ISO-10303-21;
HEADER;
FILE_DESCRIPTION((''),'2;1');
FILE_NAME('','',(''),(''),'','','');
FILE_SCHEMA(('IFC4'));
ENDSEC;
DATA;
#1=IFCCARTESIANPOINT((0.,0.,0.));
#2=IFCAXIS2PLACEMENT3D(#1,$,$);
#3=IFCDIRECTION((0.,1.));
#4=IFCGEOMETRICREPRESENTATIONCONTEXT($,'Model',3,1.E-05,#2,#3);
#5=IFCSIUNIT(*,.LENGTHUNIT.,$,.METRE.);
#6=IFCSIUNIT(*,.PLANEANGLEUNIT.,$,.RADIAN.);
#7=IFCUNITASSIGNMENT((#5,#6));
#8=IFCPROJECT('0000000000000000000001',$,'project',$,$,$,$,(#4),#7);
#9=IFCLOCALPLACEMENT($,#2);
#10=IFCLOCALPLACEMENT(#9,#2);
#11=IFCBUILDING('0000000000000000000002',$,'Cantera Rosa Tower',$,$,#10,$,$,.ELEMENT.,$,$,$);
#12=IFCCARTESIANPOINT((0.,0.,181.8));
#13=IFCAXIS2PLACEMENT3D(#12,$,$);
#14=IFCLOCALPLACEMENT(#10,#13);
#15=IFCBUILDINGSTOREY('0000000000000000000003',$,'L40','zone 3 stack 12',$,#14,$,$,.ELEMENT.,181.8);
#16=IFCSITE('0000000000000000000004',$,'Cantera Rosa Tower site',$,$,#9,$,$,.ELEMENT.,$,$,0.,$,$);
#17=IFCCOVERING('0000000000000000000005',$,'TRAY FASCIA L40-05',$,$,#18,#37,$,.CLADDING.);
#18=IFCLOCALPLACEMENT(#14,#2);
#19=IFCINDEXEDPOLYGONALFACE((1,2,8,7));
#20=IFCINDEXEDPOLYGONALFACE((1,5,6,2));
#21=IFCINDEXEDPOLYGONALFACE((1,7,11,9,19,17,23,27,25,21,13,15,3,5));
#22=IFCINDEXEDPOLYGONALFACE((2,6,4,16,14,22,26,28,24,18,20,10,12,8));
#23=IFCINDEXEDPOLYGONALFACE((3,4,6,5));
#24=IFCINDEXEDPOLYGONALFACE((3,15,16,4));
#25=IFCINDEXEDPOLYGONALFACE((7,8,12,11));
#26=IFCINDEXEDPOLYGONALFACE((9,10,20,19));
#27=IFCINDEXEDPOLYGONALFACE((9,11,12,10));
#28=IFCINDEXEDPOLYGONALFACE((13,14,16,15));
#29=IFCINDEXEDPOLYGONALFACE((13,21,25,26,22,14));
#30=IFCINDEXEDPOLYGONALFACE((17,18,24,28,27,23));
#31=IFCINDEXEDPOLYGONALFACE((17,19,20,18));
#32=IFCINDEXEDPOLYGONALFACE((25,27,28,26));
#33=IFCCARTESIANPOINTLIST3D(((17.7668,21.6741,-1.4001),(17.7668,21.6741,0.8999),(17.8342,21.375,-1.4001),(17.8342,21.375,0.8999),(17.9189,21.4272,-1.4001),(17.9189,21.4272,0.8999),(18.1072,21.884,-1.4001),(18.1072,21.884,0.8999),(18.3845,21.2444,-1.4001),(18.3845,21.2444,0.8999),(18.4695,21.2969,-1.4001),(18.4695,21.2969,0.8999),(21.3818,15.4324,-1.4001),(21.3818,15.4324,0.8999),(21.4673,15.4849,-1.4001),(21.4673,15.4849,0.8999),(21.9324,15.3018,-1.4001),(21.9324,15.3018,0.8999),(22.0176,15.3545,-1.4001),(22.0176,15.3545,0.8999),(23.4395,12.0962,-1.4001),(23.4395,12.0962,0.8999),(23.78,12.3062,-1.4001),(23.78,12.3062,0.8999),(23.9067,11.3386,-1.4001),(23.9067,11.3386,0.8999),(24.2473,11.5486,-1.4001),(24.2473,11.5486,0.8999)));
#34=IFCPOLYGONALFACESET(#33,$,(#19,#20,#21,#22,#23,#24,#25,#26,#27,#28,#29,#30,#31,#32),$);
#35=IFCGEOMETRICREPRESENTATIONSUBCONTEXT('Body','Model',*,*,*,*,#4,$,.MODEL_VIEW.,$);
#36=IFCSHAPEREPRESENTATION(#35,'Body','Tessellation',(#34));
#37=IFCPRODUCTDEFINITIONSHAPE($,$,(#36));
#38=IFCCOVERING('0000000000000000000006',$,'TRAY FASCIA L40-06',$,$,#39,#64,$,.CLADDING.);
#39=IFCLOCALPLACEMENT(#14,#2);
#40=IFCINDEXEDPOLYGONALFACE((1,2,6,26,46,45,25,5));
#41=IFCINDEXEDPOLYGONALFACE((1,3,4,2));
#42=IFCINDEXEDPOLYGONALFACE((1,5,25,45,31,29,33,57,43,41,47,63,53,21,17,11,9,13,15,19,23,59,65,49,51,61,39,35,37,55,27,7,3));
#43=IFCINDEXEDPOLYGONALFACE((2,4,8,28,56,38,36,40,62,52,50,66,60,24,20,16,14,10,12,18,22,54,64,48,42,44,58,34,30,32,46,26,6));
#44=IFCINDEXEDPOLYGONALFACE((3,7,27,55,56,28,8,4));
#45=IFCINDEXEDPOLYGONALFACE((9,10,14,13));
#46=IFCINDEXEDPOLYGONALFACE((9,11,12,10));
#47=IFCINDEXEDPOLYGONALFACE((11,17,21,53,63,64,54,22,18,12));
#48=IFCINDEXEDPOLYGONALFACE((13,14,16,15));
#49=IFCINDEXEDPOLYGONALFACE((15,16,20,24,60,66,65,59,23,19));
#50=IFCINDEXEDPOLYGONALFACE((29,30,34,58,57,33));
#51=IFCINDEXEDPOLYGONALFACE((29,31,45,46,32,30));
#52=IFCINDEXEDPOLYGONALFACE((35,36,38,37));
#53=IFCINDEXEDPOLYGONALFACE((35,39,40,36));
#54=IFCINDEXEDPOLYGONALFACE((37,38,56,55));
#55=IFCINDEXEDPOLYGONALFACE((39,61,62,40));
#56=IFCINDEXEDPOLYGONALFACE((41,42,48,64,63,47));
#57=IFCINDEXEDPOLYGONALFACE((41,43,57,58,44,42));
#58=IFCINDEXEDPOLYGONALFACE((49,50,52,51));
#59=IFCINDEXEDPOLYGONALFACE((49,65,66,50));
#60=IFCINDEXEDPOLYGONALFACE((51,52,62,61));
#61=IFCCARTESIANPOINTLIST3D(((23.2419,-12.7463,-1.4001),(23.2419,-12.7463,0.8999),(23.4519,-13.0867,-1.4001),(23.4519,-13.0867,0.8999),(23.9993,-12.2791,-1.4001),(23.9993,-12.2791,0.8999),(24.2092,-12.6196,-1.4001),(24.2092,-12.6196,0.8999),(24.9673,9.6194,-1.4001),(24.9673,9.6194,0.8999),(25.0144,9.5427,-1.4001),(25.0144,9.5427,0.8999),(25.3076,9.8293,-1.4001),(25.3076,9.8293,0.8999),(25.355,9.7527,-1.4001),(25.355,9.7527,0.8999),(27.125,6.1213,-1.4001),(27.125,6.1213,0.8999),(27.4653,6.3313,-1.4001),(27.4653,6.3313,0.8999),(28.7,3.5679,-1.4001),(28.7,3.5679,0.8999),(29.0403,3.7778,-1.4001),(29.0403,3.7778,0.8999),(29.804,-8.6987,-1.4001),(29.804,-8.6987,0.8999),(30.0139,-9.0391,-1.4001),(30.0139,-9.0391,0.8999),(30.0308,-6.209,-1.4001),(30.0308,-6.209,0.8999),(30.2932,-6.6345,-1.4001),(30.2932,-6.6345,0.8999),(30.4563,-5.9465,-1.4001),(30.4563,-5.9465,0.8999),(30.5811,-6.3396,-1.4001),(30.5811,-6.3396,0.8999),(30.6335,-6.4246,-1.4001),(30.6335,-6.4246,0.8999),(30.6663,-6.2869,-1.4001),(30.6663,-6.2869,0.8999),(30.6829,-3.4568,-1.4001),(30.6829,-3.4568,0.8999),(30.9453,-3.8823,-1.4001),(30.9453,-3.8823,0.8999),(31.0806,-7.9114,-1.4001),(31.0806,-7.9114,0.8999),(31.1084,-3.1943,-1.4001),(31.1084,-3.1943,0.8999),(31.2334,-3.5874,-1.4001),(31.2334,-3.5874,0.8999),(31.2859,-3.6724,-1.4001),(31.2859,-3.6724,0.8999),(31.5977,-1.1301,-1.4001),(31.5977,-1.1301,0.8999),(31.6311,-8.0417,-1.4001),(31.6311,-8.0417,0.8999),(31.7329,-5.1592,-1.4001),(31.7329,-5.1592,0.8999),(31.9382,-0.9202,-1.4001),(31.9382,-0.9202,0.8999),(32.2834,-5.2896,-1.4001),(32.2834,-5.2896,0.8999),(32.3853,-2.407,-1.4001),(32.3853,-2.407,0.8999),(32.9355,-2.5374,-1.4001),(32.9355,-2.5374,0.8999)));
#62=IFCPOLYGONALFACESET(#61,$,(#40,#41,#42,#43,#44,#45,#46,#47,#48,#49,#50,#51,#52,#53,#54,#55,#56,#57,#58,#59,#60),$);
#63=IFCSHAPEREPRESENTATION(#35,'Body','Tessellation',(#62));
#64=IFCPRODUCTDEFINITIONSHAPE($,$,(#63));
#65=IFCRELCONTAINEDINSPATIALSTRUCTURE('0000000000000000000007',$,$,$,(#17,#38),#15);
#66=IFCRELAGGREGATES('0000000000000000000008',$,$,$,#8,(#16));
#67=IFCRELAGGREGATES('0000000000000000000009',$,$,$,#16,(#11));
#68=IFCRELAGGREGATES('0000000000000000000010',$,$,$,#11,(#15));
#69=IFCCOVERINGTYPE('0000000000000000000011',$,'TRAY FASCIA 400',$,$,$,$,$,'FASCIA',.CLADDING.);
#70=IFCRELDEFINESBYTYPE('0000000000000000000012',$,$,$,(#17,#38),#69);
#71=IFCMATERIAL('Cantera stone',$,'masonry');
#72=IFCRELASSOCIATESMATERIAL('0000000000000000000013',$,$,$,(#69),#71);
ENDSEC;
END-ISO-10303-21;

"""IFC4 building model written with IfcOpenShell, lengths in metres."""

from ifc_helpers import new_model, si_unit, direction, frame, origin, place, context, subcontext, project, spatial, polyline, outline, extrude, material, type_object, element, save


model = new_model("IFC4")

# Units and contexts
model_context = context("Model", 3, precision=1e-05, world=origin(), true_north=direction((0.0, 1.0)))
body_context = subcontext(model_context, "Body", "Model", "MODEL_VIEW")
ifc_project = project(units=[si_unit("LENGTHUNIT", "METRE"), si_unit("PLANEANGLEUNIT", "RADIAN")], contexts=[model_context])

# Site, building, storey
site_placement = place(None, origin())
site = spatial("IfcSite", under=ifc_project, at=site_placement, Name="Cantera Rosa Tower site", CompositionType="ELEMENT", RefElevation=0.0)
building_placement = place(site_placement, origin())
building = spatial("IfcBuilding", under=site, at=building_placement, Name="Cantera Rosa Tower", CompositionType="ELEMENT")
storey_placement = place(building_placement, frame((0.0, 0.0, 181.8)))
storey = spatial("IfcBuildingStorey", under=building, at=storey_placement, Name="L40", Description="zone 3 stack 12", CompositionType="ELEMENT", Elevation=181.8)

# Coverings
ifc_material_1 = material(Name="Cantera stone", Category="masonry")
covering_type_1 = type_object("IfcCoveringType", Name="TRAY FASCIA 400", ElementType="FASCIA", PredefinedType="CLADDING", material=ifc_material_1)
covering_1_placement = place(storey_placement, frame((0.0, 0.0, -1.4001)))
element("IfcCovering", 1, at=covering_1_placement, inside=storey, type_object=covering_type_1, Name="TRAY FASCIA L40-05", PredefinedType="CLADDING", context=body_context, shape_type="SweptSolid", body=[
    extrude(outline(polyline([(18.4695, 21.2969), (18.3845, 21.2444), (22.0176, 15.3545), (21.9324, 15.3018), (23.78, 12.3062), (24.2473, 11.5486), (23.9067, 11.3386), (23.4395, 12.0962), (21.3818, 15.4324), (21.4673, 15.4849), (17.8342, 21.375), (17.9189, 21.4272), (17.7668, 21.6741), (18.1072, 21.884), (18.4695, 21.2969)])), origin(), (0.0, 0.0, 1.0), 2.3),
])
covering_2_placement = place(storey_placement, frame((0.0, 0.0, -1.4001)))
element("IfcCovering", 2, at=covering_2_placement, inside=storey, type_object=covering_type_1, Name="TRAY FASCIA L40-06", PredefinedType="CLADDING", context=body_context, shape_type="SweptSolid", body=[
    extrude(outline(polyline([(25.355, 9.7527), (27.4653, 6.3313), (29.0403, 3.7778), (31.9382, -0.9202), (32.9355, -2.5374), (31.2334, -3.5874), (31.2859, -3.6724), (32.2834, -5.2896), (30.6663, -6.2869), (30.5811, -6.3396), (30.6335, -6.4246), (31.6311, -8.0417), (30.0139, -9.0391), (24.2092, -12.6196), (23.4519, -13.0867), (23.2419, -12.7463), (23.9993, -12.2791), (29.804, -8.6987), (31.0806, -7.9114), (30.2932, -6.6345), (30.0308, -6.209), (30.4563, -5.9465), (31.7329, -5.1592), (30.9453, -3.8823), (30.6829, -3.4568), (31.1084, -3.1943), (32.3853, -2.407), (31.5977, -1.1301), (28.7, 3.5679), (27.125, 6.1213), (25.0144, 9.5427), (24.9673, 9.6194), (25.3076, 9.8293), (25.355, 9.7527)])), origin(), (0.0, 0.0, 1.0), 2.3),
])

save(model, "model.ifc")
